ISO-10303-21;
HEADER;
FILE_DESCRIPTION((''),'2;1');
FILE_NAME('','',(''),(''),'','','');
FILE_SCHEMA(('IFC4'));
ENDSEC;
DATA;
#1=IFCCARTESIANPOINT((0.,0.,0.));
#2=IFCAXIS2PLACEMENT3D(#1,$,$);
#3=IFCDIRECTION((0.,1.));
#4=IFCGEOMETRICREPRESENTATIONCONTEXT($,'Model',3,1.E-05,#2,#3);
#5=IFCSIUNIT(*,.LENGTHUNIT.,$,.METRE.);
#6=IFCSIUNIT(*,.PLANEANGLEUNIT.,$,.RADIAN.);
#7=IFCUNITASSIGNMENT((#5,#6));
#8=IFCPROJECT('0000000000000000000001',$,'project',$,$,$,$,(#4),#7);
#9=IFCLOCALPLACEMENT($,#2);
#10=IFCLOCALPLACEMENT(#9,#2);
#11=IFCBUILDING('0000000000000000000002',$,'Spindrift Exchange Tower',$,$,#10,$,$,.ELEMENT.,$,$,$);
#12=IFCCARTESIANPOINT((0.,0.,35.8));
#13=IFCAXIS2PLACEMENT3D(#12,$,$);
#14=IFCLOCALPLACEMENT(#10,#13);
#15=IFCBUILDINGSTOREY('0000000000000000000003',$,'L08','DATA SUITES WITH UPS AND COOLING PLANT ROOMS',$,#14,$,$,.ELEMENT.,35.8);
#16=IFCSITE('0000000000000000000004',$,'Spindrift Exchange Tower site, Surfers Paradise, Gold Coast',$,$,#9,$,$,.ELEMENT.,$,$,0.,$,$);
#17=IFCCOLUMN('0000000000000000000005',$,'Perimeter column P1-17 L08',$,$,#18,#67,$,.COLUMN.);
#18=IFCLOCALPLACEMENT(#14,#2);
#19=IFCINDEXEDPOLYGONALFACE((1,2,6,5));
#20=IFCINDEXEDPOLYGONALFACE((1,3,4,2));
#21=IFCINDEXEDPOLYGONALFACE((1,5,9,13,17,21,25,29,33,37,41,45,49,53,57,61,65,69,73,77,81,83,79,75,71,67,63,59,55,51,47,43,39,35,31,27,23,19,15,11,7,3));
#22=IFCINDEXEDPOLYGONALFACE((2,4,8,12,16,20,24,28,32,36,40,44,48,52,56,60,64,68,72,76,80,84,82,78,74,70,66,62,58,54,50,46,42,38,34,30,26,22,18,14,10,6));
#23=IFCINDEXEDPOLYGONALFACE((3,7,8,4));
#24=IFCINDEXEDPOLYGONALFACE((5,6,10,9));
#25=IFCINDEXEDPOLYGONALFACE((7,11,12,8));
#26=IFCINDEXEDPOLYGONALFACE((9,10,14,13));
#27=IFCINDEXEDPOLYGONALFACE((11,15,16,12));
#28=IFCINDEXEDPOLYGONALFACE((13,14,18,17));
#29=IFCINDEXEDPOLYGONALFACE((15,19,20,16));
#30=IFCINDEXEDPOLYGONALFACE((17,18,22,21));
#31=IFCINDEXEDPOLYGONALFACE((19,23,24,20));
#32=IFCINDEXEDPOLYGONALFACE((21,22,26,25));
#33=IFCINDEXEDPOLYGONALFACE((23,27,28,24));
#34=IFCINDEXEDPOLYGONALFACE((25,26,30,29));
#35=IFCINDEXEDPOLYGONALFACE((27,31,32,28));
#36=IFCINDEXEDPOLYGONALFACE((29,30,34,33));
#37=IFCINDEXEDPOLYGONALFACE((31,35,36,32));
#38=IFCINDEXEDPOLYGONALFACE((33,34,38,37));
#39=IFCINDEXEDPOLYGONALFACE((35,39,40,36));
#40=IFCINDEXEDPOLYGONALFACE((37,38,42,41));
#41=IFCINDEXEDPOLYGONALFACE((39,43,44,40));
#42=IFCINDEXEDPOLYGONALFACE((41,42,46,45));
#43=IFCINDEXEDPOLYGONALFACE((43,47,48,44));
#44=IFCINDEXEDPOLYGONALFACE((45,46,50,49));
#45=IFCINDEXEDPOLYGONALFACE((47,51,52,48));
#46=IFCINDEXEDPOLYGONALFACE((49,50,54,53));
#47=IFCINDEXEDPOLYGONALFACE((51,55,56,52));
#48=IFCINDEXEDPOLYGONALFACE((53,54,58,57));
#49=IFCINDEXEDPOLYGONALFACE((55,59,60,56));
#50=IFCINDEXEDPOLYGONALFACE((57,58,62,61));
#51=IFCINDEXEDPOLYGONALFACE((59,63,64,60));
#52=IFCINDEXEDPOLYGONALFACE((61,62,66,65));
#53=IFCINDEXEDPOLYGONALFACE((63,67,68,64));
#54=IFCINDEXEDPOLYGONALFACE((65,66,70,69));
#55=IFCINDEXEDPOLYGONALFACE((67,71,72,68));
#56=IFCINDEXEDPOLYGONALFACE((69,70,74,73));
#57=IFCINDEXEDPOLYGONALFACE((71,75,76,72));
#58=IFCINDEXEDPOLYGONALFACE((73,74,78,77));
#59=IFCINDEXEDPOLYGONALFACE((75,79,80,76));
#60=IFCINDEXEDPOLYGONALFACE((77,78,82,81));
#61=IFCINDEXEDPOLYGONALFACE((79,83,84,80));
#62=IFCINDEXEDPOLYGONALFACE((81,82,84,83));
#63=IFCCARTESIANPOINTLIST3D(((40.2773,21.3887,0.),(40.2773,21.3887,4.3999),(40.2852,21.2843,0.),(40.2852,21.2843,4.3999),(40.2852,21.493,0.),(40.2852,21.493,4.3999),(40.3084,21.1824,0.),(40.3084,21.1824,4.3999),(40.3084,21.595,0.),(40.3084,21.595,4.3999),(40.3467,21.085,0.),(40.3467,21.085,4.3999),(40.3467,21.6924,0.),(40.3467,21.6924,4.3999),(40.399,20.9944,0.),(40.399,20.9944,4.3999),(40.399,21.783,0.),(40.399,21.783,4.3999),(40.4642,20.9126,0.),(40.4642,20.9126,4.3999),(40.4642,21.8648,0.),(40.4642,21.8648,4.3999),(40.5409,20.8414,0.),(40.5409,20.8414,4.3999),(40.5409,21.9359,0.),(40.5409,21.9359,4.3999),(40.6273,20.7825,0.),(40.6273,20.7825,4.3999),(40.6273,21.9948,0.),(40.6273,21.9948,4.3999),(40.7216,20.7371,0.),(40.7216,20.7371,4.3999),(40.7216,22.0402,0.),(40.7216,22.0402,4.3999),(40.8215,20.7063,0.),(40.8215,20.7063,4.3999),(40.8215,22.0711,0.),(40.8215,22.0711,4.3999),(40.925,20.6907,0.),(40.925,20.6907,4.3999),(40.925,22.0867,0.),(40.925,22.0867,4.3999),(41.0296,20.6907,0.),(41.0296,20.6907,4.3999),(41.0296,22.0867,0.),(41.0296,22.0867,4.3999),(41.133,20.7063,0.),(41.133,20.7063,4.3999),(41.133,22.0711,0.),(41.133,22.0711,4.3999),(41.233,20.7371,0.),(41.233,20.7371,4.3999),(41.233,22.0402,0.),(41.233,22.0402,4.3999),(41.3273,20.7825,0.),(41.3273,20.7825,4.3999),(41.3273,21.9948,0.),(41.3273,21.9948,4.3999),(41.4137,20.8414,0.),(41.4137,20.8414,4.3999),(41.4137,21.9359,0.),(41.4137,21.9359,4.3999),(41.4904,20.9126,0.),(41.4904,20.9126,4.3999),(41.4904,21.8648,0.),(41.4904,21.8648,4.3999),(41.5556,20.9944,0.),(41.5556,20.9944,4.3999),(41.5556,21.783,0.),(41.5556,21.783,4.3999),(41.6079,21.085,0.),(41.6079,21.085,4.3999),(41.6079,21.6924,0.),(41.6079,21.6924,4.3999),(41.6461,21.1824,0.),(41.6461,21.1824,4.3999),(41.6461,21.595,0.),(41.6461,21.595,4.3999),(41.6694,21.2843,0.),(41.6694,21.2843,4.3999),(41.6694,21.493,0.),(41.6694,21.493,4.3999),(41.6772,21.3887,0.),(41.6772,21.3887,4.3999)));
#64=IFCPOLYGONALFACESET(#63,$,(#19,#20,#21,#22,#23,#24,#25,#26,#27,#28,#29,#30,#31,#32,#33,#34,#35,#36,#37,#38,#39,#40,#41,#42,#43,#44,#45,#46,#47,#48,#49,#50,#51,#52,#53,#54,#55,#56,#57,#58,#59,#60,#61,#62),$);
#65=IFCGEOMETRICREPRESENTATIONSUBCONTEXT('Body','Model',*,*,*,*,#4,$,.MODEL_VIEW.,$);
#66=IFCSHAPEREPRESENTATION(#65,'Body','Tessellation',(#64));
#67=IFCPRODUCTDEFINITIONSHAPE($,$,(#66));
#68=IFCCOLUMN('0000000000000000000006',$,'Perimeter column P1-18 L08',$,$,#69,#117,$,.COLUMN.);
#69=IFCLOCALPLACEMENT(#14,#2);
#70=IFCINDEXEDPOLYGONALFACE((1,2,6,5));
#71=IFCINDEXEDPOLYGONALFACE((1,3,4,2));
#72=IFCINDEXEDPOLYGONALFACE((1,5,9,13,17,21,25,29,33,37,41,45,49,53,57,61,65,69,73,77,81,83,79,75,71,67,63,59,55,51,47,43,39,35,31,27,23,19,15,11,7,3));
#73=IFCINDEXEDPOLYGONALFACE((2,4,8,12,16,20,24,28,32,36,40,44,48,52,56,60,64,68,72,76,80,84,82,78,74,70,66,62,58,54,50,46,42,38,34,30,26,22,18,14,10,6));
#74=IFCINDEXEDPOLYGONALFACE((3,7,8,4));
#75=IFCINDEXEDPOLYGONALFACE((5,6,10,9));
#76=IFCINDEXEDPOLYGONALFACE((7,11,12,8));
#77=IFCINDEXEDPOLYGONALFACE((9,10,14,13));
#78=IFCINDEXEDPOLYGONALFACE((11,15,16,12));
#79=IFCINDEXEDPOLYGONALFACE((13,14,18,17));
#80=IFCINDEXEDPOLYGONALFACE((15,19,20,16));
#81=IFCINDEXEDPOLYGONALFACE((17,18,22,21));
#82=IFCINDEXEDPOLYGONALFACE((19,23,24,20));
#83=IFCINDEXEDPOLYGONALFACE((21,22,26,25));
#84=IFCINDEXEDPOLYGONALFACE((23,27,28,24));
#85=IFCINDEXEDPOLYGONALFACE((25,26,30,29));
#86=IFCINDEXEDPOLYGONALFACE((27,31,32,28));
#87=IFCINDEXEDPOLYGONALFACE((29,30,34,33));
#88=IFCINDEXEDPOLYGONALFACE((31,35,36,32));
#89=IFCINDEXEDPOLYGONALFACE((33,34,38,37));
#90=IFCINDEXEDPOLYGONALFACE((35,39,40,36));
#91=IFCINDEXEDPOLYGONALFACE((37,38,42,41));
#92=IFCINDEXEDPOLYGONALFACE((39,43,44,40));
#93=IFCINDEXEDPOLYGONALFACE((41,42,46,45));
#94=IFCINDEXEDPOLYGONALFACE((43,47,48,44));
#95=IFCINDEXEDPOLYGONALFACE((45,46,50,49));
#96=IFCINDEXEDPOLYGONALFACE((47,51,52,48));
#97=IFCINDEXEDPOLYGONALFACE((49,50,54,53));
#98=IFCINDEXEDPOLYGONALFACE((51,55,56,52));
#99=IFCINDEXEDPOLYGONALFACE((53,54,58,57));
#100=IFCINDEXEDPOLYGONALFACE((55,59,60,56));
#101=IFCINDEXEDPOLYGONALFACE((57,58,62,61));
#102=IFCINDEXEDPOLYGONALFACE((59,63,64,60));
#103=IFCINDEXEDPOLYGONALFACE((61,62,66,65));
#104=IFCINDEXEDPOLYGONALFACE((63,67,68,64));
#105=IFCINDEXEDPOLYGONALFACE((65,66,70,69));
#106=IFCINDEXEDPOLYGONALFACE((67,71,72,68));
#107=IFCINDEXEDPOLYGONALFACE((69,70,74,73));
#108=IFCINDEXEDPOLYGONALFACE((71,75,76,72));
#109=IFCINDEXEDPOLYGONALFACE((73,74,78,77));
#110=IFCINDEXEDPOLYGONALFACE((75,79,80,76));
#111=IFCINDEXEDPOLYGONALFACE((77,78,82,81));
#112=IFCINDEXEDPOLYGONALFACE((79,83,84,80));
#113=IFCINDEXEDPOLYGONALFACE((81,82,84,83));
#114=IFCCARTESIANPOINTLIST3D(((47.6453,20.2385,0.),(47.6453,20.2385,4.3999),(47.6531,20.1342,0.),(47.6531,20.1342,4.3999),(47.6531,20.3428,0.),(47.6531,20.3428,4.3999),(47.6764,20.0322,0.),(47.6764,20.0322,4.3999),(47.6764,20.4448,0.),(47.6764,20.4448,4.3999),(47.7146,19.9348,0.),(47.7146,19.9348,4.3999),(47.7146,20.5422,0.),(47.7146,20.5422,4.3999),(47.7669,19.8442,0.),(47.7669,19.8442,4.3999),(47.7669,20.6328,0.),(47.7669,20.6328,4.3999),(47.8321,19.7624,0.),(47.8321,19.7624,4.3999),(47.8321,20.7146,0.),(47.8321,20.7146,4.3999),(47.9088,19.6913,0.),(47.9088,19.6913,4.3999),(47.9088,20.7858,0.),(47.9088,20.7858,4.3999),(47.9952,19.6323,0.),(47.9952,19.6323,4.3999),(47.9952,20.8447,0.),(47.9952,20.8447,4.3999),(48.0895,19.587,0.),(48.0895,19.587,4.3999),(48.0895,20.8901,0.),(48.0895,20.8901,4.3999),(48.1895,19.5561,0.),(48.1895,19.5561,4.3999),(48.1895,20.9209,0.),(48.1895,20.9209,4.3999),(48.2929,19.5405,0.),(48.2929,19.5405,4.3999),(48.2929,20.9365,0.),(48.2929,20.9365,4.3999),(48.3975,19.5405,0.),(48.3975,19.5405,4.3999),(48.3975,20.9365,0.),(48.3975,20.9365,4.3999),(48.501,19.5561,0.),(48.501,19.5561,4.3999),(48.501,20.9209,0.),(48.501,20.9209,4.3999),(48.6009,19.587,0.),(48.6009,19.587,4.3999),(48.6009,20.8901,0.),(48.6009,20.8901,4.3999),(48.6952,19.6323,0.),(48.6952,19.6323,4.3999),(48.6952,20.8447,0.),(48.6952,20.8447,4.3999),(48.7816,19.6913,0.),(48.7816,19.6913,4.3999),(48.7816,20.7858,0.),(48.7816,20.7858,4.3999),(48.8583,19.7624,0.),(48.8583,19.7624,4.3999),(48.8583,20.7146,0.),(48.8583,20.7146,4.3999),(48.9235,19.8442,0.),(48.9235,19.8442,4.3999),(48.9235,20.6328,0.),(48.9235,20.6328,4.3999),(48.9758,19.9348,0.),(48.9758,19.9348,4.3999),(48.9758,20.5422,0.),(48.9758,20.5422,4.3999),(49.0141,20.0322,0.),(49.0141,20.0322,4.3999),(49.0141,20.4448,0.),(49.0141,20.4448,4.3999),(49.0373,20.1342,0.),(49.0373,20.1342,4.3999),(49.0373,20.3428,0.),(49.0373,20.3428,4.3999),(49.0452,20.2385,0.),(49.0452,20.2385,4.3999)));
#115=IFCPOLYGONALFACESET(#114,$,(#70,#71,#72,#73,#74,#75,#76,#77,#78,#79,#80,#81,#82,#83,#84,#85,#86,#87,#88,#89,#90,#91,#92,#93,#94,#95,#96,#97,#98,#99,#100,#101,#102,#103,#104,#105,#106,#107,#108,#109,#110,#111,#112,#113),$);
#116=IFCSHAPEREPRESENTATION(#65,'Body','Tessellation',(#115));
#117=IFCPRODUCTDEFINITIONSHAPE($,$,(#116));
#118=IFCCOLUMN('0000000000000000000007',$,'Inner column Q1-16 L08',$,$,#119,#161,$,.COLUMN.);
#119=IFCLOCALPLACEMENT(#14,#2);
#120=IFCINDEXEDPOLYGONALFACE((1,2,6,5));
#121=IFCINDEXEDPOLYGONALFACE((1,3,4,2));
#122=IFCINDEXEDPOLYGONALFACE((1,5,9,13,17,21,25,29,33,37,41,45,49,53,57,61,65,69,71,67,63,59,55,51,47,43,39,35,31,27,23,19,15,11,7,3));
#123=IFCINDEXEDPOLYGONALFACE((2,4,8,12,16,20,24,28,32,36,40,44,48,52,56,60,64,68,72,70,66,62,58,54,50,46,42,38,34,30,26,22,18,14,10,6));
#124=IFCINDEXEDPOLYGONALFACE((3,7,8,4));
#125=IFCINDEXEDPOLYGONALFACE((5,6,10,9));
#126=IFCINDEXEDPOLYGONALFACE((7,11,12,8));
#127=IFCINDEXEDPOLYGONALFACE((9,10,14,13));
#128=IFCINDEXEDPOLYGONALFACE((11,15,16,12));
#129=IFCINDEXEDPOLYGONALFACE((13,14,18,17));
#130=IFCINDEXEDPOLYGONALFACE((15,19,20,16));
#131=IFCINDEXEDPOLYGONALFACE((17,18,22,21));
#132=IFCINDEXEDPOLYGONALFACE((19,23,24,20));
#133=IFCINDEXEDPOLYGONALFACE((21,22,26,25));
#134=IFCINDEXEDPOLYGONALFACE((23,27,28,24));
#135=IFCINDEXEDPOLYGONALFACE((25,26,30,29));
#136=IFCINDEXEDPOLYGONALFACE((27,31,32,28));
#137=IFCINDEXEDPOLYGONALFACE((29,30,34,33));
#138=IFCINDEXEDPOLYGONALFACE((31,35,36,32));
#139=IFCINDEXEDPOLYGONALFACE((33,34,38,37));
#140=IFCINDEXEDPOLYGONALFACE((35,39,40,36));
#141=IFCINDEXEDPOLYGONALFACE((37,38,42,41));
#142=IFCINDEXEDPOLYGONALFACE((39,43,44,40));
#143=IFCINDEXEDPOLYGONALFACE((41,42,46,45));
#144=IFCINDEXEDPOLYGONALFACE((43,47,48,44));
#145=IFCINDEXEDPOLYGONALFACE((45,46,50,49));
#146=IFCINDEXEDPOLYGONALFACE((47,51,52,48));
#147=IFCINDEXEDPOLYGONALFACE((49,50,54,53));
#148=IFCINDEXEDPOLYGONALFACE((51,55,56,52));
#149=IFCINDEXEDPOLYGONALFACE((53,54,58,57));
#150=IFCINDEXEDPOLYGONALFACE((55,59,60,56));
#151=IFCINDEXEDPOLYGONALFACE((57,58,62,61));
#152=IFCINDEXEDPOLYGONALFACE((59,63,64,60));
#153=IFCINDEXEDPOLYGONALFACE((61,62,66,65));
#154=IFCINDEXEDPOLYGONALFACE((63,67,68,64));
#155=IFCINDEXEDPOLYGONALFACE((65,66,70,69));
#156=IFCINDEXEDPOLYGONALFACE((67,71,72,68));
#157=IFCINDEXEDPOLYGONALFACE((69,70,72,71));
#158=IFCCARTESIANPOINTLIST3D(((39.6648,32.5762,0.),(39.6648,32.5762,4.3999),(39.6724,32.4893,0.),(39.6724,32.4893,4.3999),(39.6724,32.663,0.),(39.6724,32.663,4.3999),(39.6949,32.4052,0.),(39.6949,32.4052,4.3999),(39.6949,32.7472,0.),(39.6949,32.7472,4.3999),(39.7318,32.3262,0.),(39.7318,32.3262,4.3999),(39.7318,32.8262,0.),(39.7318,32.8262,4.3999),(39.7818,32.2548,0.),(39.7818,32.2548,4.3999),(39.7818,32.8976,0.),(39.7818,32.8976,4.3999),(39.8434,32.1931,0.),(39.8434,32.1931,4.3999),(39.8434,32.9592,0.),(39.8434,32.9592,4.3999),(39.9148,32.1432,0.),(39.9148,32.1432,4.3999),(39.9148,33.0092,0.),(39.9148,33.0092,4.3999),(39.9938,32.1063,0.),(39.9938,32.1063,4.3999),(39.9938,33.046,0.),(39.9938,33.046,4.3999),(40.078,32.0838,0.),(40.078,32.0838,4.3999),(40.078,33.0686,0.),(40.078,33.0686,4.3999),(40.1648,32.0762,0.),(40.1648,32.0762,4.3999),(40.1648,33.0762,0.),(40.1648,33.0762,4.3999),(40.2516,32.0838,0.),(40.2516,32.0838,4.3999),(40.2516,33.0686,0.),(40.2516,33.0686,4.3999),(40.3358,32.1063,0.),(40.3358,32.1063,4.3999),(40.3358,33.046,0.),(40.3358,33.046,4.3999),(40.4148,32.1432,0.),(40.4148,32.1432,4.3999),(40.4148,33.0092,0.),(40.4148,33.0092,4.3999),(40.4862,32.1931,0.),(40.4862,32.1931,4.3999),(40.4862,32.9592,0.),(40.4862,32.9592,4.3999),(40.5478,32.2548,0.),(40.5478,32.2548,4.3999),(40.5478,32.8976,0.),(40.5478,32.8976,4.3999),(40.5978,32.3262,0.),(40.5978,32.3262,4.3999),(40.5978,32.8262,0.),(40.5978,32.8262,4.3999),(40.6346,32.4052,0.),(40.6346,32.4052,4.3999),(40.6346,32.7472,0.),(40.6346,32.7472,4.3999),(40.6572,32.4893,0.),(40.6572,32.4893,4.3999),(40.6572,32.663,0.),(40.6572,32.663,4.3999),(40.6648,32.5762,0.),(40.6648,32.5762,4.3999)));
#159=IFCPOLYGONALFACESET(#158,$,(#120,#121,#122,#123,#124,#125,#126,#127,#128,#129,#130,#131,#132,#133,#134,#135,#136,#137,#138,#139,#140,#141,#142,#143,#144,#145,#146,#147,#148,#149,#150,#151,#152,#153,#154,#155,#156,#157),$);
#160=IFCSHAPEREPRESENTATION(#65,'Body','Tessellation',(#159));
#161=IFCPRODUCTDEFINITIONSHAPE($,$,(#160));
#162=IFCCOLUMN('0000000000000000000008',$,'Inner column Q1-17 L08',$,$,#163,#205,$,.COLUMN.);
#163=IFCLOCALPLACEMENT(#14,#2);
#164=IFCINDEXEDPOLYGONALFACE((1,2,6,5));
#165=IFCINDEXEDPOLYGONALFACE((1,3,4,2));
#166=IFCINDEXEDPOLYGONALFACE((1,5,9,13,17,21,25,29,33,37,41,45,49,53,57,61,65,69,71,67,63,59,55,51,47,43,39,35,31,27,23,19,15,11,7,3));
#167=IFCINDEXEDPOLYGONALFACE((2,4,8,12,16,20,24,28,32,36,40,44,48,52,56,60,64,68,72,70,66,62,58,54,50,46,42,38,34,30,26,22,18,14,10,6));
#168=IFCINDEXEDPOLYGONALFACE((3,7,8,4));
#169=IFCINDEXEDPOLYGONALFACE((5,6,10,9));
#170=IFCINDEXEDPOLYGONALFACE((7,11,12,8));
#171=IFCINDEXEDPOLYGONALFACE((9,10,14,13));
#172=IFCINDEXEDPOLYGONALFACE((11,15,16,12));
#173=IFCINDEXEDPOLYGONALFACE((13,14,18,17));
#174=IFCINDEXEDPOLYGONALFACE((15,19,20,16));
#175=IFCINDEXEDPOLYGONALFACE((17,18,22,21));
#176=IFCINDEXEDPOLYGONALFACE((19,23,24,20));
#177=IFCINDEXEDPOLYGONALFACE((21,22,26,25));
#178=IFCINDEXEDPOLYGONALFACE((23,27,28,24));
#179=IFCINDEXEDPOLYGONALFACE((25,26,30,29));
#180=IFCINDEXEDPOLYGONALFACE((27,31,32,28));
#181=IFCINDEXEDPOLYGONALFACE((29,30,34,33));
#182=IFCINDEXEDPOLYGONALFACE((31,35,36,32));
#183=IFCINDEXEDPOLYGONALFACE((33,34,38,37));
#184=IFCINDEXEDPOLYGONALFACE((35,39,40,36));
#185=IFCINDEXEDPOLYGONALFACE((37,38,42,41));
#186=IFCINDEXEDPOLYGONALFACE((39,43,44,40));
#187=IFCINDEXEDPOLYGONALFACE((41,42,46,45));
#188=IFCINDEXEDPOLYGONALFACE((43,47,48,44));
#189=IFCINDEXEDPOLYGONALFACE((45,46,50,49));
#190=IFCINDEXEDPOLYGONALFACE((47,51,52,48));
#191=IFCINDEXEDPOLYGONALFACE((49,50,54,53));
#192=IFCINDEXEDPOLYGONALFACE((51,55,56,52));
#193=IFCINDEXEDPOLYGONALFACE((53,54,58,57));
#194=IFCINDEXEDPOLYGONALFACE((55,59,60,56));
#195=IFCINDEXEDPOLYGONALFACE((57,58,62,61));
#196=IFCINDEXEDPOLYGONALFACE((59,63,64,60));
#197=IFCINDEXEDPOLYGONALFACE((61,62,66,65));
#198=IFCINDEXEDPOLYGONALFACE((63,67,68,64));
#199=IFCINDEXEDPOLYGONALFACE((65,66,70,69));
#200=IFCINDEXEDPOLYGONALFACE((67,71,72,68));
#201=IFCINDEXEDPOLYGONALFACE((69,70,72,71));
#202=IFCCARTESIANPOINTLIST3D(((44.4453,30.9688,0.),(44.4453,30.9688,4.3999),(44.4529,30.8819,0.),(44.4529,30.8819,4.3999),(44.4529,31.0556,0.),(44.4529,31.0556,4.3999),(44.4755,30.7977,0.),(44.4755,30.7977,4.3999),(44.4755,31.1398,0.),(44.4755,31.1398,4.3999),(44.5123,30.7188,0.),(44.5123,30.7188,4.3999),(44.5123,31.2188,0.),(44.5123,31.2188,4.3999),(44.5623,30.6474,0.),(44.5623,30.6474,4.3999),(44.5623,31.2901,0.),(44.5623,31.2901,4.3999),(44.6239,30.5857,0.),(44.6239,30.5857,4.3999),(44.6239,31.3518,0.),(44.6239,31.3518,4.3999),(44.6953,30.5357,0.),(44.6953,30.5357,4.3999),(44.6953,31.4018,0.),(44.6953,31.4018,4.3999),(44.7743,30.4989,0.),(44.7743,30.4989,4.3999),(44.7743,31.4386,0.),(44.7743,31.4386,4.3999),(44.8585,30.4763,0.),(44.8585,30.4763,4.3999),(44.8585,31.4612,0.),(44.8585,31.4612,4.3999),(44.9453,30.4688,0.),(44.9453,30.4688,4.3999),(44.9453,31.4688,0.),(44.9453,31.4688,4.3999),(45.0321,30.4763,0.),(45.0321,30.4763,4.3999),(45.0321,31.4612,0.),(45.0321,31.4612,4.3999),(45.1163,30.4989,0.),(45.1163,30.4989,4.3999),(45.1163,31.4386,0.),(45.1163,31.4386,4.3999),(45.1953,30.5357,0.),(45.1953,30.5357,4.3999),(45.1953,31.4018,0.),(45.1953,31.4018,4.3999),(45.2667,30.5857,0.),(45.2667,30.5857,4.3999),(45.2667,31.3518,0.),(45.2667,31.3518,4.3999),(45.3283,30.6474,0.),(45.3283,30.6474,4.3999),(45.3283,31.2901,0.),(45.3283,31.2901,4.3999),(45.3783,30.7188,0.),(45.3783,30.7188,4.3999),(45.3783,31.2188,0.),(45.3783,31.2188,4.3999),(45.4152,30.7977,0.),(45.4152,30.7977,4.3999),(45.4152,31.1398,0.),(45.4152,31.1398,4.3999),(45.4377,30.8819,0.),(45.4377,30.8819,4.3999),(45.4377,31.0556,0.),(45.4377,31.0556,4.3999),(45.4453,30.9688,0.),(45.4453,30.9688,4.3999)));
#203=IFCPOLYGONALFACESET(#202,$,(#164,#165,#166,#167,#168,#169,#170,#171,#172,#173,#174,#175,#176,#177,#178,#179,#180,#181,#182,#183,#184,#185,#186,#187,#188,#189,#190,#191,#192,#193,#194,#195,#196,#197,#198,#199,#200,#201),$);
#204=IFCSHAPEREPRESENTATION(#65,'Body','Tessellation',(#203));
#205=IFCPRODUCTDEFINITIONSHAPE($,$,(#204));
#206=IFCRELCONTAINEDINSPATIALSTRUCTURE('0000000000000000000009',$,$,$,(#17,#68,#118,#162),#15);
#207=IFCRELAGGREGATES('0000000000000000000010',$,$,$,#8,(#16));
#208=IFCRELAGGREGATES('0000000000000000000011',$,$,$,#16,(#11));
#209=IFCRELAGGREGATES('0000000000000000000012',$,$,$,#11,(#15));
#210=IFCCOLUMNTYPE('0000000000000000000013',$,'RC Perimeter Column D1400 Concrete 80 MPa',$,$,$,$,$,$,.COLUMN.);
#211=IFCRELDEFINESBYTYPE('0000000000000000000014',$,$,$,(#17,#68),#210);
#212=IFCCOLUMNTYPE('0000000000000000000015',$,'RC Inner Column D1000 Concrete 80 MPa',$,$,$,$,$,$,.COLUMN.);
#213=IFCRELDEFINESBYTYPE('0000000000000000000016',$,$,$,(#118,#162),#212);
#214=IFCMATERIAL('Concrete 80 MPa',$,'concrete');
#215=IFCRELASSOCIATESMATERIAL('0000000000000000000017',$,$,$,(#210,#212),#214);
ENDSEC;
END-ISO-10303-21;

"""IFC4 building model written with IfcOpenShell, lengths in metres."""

from ifc_helpers import new_model, si_unit, direction, frame, origin, origin_2d, place, context, subcontext, project, spatial, circle, extrude, source, transform, mapped, material, material_profile, profile_set, type_object, element, save


model = new_model("IFC4")

# Units and contexts
model_context = context("Model", 3, precision=1e-05, world=origin(), true_north=direction((0.0, 1.0)))
body_context = subcontext(model_context, "Body", "Model", "MODEL_VIEW")
ifc_project = project(units=[si_unit("LENGTHUNIT", "METRE"), si_unit("PLANEANGLEUNIT", "RADIAN")], contexts=[model_context])

# Site, building, storey
site_placement = place(None, origin())
site = spatial("IfcSite", under=ifc_project, at=site_placement, Name="Spindrift Exchange Tower site, Surfers Paradise, Gold Coast", CompositionType="ELEMENT", RefElevation=0.0)
building_placement = place(site_placement, origin())
building = spatial("IfcBuilding", under=site, at=building_placement, Name="Spindrift Exchange Tower", CompositionType="ELEMENT")
storey_placement = place(building_placement, frame((0.0, 0.0, 35.8)))
storey = spatial("IfcBuildingStorey", under=building, at=storey_placement, Name="L08", Description="DATA SUITES WITH UPS AND COOLING PLANT ROOMS", CompositionType="ELEMENT", Elevation=35.8)

# Columns
ifc_material_1 = material(Name="Concrete 80 MPa", Category="concrete")
ifc_material_profile_1 = material_profile(ifc_material_1, circle(Radius=0.7, at=origin_2d()), Name="RC D1400")
ifc_profile_set_1 = profile_set([ifc_material_profile_1], Name="Concrete 80 MPa")
column_type_1 = type_object("IfcColumnType", Name="RC Perimeter Column D1400 Concrete 80 MPa", PredefinedType="COLUMN", material=ifc_profile_set_1)
shared_shape_1 = source(origin(), body_context, "Body", "SweptSolid", [
    extrude(circle(Radius=0.7, at=origin_2d()), origin(), (0.0, 0.0, 1.0), 4.3999),
])
for number, where, z_axis, x_axis, name in (
    (1, (40.9773, 21.3887, 0.0), (0.0, 0.0, 1.0), (1.0, 0.0, 0.0), "Perimeter column P1-17 L08"),
    (2, (48.3452, 20.2385, 0.0), (0.0, 0.0, 1.0), (1.0, 0.0, 0.0), "Perimeter column P1-18 L08"),
):
    element("IfcColumn", number, at=place(storey_placement, frame(where, z_axis=z_axis, x_axis=x_axis)), inside=storey, type_object=column_type_1, Name=name, PredefinedType="COLUMN", context=body_context, shape_type="MappedRepresentation", body=[
        mapped(shared_shape_1, transform((0.0, 0.0, 0.0), scale=1.0)),
    ])
ifc_material_profile_2 = material_profile(ifc_material_1, circle(Radius=0.5, at=origin_2d()), Name="RC D1000")
ifc_profile_set_2 = profile_set([ifc_material_profile_2], Name="Concrete 80 MPa")
column_type_2 = type_object("IfcColumnType", Name="RC Inner Column D1000 Concrete 80 MPa", PredefinedType="COLUMN", material=ifc_profile_set_2)
shared_shape_2 = source(origin(), body_context, "Body", "SweptSolid", [
    extrude(circle(Radius=0.5, at=origin_2d()), origin(), (0.0, 0.0, 1.0), 4.3999),
])
for number, where, z_axis, x_axis, name in (
    (3, (40.1648, 32.5762, 0.0), (0.0, 0.0, 1.0), (1.0, 0.0, 0.0), "Inner column Q1-16 L08"),
    (4, (44.9453, 30.9688, 0.0), (0.0, 0.0, 1.0), (1.0, 0.0, 0.0), "Inner column Q1-17 L08"),
):
    element("IfcColumn", number, at=place(storey_placement, frame(where, z_axis=z_axis, x_axis=x_axis)), inside=storey, type_object=column_type_2, Name=name, PredefinedType="COLUMN", context=body_context, shape_type="MappedRepresentation", body=[
        mapped(shared_shape_2, transform((0.0, 0.0, 0.0), scale=1.0)),
    ])

save(model, "model.ifc")
